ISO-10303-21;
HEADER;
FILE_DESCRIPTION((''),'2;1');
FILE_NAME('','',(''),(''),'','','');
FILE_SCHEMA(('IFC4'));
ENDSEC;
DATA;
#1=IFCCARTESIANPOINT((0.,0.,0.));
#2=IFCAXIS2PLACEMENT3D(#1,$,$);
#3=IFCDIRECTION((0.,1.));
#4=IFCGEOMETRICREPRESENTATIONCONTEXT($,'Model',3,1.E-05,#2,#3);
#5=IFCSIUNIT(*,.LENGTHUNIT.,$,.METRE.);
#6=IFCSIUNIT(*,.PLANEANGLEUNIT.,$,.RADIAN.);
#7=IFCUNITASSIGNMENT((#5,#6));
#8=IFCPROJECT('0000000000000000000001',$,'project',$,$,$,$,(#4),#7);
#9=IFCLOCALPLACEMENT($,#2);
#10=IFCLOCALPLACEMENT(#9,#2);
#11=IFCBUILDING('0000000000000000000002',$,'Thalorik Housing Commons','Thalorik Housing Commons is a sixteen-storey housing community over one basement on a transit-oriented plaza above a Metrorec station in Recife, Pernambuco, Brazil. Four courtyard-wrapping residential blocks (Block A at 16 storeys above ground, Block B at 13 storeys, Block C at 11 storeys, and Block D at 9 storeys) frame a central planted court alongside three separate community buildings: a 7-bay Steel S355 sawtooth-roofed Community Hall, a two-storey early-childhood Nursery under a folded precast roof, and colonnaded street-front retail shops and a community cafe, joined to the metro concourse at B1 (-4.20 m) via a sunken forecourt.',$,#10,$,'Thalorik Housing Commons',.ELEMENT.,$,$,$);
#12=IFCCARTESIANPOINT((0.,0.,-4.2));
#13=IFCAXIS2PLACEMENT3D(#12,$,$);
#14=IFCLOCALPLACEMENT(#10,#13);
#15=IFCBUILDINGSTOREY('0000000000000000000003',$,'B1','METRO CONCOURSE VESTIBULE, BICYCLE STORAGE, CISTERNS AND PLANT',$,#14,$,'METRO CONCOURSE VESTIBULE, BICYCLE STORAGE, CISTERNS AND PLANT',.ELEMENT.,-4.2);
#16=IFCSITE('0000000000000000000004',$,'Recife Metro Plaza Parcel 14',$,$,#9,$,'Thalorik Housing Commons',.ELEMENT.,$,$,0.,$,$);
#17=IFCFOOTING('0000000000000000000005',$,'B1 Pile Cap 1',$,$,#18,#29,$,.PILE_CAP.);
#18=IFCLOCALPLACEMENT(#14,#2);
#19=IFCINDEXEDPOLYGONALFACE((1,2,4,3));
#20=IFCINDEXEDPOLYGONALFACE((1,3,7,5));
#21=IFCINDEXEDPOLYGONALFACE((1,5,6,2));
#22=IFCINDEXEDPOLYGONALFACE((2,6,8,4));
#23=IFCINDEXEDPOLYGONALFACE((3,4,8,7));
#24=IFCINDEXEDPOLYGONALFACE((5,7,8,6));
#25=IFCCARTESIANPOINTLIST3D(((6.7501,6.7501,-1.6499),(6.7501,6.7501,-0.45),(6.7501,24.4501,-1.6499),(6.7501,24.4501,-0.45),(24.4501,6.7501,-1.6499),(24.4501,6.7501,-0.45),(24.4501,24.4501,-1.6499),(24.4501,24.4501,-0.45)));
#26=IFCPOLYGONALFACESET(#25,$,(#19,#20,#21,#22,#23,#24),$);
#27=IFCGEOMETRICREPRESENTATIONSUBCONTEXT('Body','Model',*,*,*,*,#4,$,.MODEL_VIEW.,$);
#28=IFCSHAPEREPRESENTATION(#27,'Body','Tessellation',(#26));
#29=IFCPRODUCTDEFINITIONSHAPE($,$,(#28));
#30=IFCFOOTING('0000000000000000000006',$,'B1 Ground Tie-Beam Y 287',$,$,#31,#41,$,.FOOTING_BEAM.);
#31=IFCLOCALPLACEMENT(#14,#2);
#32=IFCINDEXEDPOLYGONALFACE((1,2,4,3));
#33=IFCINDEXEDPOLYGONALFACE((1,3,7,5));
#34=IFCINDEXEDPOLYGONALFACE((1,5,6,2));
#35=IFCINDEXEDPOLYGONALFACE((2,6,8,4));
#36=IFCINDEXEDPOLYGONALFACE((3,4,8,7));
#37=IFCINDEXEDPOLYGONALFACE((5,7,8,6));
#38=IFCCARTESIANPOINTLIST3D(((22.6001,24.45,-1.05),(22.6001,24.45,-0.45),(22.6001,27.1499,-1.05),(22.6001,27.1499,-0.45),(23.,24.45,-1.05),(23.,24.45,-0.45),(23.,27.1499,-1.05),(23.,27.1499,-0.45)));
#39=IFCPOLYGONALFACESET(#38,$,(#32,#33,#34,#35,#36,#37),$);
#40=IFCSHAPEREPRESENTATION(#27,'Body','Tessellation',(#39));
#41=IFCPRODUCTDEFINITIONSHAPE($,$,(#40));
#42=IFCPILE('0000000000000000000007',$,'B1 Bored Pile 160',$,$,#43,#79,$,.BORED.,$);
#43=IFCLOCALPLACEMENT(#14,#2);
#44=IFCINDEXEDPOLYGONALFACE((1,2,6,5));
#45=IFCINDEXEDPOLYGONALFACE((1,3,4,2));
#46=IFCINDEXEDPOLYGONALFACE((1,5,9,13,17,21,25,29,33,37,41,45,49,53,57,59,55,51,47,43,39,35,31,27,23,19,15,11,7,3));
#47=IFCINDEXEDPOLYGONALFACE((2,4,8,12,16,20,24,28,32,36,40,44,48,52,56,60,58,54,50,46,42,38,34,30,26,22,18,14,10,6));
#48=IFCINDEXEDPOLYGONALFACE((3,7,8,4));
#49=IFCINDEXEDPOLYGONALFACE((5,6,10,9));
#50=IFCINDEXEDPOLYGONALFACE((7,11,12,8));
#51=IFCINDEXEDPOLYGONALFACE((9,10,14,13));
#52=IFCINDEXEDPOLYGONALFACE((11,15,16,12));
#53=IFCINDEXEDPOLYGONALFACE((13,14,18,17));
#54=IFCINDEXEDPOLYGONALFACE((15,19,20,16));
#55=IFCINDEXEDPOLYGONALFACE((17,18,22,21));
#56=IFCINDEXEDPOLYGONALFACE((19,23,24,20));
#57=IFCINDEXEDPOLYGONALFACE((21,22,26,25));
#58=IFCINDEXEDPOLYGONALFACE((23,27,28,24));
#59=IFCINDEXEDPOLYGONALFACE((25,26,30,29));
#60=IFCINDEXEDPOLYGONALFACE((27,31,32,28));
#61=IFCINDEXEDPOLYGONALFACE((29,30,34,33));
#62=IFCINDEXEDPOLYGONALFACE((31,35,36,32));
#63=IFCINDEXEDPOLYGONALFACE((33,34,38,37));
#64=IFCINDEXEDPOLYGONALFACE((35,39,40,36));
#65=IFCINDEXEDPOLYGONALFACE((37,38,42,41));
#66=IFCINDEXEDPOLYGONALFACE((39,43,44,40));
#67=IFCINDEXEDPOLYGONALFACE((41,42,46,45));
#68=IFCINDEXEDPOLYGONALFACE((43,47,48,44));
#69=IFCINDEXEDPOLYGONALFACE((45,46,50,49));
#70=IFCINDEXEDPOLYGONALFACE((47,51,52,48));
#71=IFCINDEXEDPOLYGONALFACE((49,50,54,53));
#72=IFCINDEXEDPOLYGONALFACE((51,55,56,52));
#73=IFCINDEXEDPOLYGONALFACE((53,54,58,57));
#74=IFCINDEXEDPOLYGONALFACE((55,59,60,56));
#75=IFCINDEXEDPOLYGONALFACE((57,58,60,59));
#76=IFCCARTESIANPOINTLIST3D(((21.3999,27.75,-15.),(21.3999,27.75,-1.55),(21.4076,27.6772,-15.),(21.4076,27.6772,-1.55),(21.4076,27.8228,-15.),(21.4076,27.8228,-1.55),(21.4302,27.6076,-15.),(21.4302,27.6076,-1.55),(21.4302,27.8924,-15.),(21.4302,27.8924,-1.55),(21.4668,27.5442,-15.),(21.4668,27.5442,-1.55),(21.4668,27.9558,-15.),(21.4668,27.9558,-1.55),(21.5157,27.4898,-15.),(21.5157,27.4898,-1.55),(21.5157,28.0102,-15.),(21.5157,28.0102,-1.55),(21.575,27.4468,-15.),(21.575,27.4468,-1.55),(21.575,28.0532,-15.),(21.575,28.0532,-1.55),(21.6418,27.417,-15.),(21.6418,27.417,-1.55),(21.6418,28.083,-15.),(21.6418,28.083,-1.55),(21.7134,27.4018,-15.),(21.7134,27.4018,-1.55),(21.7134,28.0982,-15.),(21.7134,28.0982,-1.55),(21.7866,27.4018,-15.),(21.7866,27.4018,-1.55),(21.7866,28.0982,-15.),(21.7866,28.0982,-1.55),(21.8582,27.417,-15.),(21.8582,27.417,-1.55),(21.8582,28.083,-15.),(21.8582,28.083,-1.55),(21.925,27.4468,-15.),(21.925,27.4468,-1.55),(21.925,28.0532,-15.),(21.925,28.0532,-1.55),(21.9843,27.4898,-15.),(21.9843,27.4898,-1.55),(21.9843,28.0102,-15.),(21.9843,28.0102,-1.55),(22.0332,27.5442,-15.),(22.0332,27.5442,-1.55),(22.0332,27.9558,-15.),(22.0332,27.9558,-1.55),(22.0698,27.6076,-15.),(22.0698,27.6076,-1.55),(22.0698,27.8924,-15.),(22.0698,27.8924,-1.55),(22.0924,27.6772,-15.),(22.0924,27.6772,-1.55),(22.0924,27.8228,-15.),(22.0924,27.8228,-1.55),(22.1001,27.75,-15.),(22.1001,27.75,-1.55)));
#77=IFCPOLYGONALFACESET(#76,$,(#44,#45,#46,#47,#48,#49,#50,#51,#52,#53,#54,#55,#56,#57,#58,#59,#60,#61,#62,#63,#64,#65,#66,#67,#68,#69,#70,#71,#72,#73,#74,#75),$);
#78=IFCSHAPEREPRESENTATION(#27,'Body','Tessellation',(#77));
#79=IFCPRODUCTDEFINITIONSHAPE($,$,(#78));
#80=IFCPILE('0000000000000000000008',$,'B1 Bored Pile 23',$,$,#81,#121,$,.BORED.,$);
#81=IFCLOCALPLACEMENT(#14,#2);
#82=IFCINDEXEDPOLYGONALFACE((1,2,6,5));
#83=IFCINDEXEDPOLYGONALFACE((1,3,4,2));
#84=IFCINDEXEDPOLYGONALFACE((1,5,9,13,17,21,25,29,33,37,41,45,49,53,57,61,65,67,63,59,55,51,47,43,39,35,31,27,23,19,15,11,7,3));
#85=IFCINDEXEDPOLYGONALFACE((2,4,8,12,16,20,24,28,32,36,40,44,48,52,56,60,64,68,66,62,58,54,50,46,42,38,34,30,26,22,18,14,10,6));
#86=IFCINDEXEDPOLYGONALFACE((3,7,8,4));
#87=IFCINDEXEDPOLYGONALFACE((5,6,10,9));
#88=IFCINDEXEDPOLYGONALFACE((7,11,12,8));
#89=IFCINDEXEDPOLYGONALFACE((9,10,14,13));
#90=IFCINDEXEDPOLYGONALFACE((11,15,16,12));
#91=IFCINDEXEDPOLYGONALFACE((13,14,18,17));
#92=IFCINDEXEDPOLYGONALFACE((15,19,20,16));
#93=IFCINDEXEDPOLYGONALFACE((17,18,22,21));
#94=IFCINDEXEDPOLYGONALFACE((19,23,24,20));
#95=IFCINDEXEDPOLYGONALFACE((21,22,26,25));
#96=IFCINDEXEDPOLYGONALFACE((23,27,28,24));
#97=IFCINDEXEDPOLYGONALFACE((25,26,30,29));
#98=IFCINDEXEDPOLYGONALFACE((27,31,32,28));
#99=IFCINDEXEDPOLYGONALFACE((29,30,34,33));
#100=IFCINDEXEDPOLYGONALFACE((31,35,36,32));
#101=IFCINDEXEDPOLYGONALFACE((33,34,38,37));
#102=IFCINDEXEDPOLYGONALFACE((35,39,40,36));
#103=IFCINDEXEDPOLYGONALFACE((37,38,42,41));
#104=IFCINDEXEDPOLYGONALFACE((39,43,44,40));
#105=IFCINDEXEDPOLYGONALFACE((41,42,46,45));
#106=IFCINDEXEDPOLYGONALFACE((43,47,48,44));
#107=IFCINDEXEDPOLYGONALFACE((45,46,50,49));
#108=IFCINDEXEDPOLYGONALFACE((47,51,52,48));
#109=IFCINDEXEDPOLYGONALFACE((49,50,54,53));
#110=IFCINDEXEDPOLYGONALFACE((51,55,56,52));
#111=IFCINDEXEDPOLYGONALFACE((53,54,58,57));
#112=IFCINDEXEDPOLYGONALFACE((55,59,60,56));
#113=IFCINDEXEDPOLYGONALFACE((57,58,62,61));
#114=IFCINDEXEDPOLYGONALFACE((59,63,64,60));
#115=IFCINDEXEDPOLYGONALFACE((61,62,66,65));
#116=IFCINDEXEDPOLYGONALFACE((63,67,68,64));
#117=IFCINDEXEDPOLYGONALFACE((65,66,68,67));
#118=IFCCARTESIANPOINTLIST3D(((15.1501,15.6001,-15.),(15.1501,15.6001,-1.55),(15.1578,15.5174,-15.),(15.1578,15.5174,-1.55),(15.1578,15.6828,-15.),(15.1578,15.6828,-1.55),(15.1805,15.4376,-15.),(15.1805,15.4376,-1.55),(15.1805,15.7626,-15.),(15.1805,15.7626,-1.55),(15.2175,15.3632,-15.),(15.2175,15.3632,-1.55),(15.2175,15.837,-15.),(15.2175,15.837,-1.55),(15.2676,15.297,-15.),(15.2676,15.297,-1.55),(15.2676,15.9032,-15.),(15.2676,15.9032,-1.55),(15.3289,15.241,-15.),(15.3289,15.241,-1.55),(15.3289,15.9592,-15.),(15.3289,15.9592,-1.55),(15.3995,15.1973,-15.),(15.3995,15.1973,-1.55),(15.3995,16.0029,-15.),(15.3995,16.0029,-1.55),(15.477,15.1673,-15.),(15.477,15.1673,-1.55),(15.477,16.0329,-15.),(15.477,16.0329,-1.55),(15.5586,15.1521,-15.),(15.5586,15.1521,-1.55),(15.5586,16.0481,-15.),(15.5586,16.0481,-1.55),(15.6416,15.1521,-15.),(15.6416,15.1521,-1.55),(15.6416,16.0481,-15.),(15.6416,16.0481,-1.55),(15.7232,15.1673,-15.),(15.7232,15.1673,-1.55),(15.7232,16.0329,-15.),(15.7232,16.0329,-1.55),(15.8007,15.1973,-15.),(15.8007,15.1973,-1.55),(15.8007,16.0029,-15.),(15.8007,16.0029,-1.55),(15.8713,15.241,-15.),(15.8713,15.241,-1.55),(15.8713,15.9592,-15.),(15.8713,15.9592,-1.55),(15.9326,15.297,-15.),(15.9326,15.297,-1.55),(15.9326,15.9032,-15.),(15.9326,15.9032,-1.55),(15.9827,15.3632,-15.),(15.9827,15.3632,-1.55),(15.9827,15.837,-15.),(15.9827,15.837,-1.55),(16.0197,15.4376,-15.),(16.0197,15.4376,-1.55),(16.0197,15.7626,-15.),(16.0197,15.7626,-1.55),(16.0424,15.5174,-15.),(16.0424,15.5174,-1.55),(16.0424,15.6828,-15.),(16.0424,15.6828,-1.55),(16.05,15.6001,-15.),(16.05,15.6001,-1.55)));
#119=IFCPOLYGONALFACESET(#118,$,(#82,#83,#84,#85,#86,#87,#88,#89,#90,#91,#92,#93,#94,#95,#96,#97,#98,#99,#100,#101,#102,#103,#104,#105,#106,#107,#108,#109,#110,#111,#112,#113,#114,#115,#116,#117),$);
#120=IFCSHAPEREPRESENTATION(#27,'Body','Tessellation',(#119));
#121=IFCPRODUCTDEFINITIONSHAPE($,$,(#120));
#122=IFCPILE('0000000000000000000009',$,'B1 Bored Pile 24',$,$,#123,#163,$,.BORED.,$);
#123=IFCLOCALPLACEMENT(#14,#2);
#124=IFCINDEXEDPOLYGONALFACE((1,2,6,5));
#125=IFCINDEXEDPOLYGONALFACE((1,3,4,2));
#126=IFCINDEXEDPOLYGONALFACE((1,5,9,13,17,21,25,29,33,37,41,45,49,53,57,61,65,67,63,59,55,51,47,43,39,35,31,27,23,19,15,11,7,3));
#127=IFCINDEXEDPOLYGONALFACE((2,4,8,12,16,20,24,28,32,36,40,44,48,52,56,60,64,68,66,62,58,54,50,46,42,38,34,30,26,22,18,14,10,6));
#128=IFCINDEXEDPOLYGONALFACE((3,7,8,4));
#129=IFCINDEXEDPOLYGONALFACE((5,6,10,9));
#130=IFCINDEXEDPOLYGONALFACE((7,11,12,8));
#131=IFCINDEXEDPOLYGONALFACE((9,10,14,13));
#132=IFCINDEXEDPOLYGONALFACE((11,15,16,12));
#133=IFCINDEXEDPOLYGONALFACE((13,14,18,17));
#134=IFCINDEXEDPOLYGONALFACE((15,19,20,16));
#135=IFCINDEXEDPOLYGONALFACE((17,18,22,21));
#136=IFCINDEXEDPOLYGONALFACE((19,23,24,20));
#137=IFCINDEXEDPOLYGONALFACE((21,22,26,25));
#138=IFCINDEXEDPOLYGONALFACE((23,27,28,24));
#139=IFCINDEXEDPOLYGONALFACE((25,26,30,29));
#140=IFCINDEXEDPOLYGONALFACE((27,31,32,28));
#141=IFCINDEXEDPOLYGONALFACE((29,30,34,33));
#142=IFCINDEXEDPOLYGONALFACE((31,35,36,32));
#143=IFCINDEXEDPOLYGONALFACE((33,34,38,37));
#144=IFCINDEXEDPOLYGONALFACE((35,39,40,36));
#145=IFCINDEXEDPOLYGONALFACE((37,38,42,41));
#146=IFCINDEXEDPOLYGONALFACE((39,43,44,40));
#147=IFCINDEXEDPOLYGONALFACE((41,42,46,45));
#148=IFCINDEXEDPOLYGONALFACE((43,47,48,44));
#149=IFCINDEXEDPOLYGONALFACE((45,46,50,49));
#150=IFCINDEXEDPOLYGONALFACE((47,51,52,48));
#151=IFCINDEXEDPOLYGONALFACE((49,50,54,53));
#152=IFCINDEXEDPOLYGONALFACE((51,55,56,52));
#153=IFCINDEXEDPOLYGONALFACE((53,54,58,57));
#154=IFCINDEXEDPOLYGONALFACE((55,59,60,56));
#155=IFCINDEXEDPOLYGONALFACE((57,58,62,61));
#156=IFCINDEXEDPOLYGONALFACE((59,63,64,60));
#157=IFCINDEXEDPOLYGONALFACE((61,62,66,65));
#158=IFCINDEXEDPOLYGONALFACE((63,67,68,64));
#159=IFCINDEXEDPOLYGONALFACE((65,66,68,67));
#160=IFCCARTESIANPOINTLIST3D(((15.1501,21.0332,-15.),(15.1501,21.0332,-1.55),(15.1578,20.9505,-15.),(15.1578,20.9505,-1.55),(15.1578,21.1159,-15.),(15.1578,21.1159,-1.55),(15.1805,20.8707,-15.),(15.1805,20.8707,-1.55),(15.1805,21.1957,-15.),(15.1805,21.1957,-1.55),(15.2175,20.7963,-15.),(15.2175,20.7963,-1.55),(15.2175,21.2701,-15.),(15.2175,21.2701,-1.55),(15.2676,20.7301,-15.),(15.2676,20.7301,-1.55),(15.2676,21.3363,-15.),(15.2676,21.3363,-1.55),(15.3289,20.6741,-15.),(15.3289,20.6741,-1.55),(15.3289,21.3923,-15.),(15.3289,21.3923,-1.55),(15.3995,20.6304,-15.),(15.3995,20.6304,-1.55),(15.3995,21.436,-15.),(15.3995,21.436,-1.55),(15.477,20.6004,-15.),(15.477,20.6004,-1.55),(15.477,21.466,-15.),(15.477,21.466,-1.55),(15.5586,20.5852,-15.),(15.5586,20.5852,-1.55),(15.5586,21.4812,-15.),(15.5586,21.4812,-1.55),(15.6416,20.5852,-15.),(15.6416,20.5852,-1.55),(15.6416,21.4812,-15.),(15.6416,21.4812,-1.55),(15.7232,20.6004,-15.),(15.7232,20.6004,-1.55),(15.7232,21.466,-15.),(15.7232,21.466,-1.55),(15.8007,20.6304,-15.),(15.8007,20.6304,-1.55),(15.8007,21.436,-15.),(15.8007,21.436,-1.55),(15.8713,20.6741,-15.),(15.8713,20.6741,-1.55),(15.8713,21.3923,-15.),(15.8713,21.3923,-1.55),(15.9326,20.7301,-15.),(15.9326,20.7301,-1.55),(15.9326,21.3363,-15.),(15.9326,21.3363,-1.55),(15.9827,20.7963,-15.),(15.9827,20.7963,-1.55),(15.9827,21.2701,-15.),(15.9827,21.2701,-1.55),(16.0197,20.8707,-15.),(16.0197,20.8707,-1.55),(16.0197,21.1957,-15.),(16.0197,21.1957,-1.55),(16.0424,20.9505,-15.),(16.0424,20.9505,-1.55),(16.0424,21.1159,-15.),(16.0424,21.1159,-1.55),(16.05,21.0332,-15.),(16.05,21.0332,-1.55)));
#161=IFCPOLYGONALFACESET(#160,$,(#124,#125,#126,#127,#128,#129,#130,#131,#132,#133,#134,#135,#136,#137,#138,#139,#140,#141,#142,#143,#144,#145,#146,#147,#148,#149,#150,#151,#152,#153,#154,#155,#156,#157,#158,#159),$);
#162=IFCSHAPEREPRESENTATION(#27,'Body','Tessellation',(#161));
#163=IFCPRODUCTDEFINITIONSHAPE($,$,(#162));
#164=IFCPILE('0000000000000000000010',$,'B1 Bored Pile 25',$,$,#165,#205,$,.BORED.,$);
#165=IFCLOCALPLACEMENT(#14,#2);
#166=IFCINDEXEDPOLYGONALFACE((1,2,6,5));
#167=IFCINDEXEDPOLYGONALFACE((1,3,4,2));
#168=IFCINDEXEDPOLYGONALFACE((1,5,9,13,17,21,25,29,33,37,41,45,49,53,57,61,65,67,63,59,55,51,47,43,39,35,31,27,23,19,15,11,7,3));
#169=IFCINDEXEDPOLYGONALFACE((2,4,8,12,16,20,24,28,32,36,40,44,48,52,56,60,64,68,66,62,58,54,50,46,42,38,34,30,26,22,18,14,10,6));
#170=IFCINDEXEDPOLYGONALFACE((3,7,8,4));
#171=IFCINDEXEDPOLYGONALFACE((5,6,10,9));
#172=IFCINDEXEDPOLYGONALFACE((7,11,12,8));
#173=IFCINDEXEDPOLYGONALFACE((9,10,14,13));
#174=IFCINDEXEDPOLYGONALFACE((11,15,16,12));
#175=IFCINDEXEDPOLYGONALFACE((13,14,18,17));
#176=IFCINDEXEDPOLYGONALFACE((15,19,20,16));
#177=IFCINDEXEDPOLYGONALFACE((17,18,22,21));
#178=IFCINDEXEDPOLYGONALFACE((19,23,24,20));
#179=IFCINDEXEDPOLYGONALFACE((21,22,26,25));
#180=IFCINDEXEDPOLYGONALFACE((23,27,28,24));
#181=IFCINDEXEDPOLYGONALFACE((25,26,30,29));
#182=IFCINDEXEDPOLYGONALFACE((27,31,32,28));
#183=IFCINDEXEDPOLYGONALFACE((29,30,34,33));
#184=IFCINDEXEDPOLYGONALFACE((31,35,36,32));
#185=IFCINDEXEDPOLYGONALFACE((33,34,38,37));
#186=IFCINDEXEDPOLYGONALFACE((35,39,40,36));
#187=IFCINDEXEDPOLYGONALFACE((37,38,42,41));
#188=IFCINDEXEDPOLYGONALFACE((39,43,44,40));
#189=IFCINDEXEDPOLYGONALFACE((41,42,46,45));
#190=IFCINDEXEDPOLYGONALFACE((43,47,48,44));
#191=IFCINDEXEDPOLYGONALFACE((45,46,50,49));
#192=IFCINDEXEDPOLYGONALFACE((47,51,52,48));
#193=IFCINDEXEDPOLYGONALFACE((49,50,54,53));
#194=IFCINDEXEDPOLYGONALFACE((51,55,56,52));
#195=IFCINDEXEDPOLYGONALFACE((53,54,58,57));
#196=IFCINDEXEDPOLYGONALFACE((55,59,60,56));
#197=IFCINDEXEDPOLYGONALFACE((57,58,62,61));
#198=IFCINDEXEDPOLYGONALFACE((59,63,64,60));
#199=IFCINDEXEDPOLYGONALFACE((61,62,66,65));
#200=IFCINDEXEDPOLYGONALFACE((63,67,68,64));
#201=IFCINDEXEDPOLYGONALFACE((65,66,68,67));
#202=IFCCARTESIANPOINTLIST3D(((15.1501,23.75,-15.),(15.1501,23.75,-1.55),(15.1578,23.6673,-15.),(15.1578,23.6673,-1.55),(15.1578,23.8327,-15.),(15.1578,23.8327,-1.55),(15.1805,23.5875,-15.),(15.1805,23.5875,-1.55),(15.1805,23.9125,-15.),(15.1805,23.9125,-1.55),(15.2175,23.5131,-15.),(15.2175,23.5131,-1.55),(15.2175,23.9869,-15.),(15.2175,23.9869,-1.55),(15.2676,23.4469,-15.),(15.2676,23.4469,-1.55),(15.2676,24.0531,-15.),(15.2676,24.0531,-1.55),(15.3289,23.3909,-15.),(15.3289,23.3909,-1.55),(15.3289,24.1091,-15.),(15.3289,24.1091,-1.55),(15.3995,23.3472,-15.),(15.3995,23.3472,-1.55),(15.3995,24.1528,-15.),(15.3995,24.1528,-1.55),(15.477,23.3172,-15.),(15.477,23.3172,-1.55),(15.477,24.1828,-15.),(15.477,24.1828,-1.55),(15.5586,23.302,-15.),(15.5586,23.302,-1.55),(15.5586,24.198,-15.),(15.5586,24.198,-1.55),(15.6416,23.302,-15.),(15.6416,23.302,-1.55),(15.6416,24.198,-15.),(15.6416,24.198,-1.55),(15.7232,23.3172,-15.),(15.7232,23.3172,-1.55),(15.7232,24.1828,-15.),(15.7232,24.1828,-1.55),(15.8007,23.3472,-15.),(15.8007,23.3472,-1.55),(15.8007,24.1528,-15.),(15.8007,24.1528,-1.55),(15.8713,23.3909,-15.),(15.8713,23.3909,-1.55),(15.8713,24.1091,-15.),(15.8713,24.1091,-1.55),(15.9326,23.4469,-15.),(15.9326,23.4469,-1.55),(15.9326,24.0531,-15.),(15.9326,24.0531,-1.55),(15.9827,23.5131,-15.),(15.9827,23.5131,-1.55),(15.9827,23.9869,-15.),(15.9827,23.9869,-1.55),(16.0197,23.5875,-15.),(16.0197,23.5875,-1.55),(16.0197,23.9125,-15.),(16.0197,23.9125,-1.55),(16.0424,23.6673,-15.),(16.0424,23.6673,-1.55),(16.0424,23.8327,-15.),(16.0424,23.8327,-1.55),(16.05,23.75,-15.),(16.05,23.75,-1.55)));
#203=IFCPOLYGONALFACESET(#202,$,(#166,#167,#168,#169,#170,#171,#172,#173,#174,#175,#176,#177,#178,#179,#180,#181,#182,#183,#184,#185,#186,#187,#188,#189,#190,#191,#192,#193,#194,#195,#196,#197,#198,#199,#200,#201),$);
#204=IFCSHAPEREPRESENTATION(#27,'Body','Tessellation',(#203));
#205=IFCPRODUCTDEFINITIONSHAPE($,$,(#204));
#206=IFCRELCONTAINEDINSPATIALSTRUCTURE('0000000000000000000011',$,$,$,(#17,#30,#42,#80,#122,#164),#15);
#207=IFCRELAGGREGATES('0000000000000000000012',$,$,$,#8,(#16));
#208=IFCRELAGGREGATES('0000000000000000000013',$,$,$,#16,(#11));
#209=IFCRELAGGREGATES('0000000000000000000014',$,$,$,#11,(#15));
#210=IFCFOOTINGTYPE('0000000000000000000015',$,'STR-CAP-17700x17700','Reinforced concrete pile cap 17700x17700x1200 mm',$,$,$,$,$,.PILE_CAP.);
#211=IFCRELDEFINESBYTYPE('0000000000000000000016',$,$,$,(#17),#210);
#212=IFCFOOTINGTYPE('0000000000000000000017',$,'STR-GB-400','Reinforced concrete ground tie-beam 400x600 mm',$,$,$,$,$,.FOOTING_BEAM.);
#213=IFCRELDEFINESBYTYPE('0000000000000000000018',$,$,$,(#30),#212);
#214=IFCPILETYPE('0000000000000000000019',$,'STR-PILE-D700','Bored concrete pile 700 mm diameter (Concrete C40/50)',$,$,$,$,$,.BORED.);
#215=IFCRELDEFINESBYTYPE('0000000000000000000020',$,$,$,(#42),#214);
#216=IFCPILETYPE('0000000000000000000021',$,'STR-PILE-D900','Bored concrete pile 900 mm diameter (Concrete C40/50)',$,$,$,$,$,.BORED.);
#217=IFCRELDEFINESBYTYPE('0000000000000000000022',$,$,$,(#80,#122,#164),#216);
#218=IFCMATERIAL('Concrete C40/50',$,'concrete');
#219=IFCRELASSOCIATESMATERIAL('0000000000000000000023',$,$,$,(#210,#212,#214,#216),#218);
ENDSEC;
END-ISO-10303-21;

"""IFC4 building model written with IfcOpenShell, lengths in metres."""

from ifc_helpers import new_model, si_unit, direction, frame, origin, origin_2d, place, context, subcontext, project, spatial, rectangle, circle, extrude, material, material_profile, profile_set, type_object, element, save


model = new_model("IFC4")

# Units and contexts
model_context = context("Model", 3, precision=1e-05, world=origin(), true_north=direction((0.0, 1.0)))
body_context = subcontext(model_context, "Body", "Model", "MODEL_VIEW")
ifc_project = project(units=[si_unit("LENGTHUNIT", "METRE"), si_unit("PLANEANGLEUNIT", "RADIAN")], contexts=[model_context])

# Site, building, storey
site_placement = place(None, origin())
site = spatial("IfcSite", under=ifc_project, at=site_placement, Name="Recife Metro Plaza Parcel 14", LongName="Thalorik Housing Commons", CompositionType="ELEMENT", RefElevation=0.0)
building_placement = place(site_placement, origin())
building = spatial("IfcBuilding", under=site, at=building_placement, Name="Thalorik Housing Commons", Description="Thalorik Housing Commons is a sixteen-storey housing community over one basement on a transit-oriented plaza above a Metrorec station in Recife, Pernambuco, Brazil. Four courtyard-wrapping residential blocks (Block A at 16 storeys above ground, Block B at 13 storeys, Block C at 11 storeys, and Block D at 9 storeys) frame a central planted court alongside three separate community buildings: a 7-bay Steel S355 sawtooth-roofed Community Hall, a two-storey early-childhood Nursery under a folded precast roof, and colonnaded street-front retail shops and a community cafe, joined to the metro concourse at B1 (-4.20 m) via a sunken forecourt.", LongName="Thalorik Housing Commons", CompositionType="ELEMENT")
storey_placement = place(building_placement, frame((0.0, 0.0, -4.2)))
storey = spatial("IfcBuildingStorey", under=building, at=storey_placement, Name="B1", Description="METRO CONCOURSE VESTIBULE, BICYCLE STORAGE, CISTERNS AND PLANT", LongName="METRO CONCOURSE VESTIBULE, BICYCLE STORAGE, CISTERNS AND PLANT", CompositionType="ELEMENT", Elevation=-4.2)

# Footings
ifc_material_1 = material(Name="Concrete C40/50", Category="concrete")
footing_type_1 = type_object("IfcFootingType", Name="STR-CAP-17700x17700", Description="Reinforced concrete pile cap 17700x17700x1200 mm", PredefinedType="PILE_CAP", material=ifc_material_1)
footing_1_placement = place(storey_placement, frame((15.6001, 15.6001, -1.6499), z_axis=(0.0, 0.0, 1.0), x_axis=(1.0, 0.0, 0.0)))
element("IfcFooting", 1, at=footing_1_placement, inside=storey, type_object=footing_type_1, Name="B1 Pile Cap 1", PredefinedType="PILE_CAP", context=body_context, shape_type="SweptSolid", body=[
    extrude(rectangle(XDim=17.7, YDim=17.7, at=origin_2d()), origin(), (0.0, 0.0, 1.0), 1.2),
])
ifc_material_profile_1 = material_profile(ifc_material_1, rectangle(XDim=0.3999, YDim=0.6001, at=origin_2d()), Name="RC 400x600", Category="concrete")
ifc_profile_set_1 = profile_set([ifc_material_profile_1], Name="Concrete C40/50")
footing_type_2 = type_object("IfcFootingType", Name="STR-GB-400", Description="Reinforced concrete ground tie-beam 400x600 mm", PredefinedType="FOOTING_BEAM", material=ifc_profile_set_1)
footing_2_placement = place(storey_placement, frame((22.8, 24.45, -0.75), z_axis=(0.0, 1.0, 0.0), x_axis=(-1.0, 0.0, 0.0)))
element("IfcFooting", 2, at=footing_2_placement, inside=storey, type_object=footing_type_2, Name="B1 Ground Tie-Beam Y 287", PredefinedType="FOOTING_BEAM", context=body_context, shape_type="SweptSolid", body=[
    extrude(rectangle(XDim=0.3999, YDim=0.6001, at=origin_2d()), origin(), (0.0, 0.0, 1.0), 2.7),
])

# Piles
ifc_material_profile_2 = material_profile(ifc_material_1, circle(Radius=0.3501, at=origin_2d()), Name="BORED PILE D700", Category="concrete")
ifc_profile_set_2 = profile_set([ifc_material_profile_2], Name="Concrete C40/50")
pile_type_1 = type_object("IfcPileType", Name="STR-PILE-D700", Description="Bored concrete pile 700 mm diameter (Concrete C40/50)", PredefinedType="BORED", material=ifc_profile_set_2)
pile_placement = place(storey_placement, frame((21.75, 27.75, -1.55), z_axis=(0.0, 0.0, -1.0), x_axis=(1.0, 0.0, 0.0)))
element("IfcPile", 3, at=pile_placement, inside=storey, type_object=pile_type_1, Name="B1 Bored Pile 160", PredefinedType="BORED", context=body_context, shape_type="SweptSolid", body=[
    extrude(circle(Radius=0.3501, at=origin_2d()), origin(), (0.0, 0.0, 1.0), 13.45),
])
ifc_material_profile_3 = material_profile(ifc_material_1, circle(Radius=0.45, at=origin_2d()), Name="BORED PILE D900", Category="concrete")
ifc_profile_set_3 = profile_set([ifc_material_profile_3], Name="Concrete C40/50")
pile_type_2 = type_object("IfcPileType", Name="STR-PILE-D900", Description="Bored concrete pile 900 mm diameter (Concrete C40/50)", PredefinedType="BORED", material=ifc_profile_set_3)
for number, where, z_axis, x_axis, name in (
    (4, (15.6001, 15.6001, -1.55), (0.0, 0.0, -1.0), (1.0, 0.0, 0.0), "B1 Bored Pile 23"),
    (5, (15.6001, 21.0332, -1.55), (0.0, 0.0, -1.0), (1.0, 0.0, 0.0), "B1 Bored Pile 24"),
    (6, (15.6001, 23.75, -1.55), (0.0, 0.0, -1.0), (1.0, 0.0, 0.0), "B1 Bored Pile 25"),
):
    element("IfcPile", number, at=place(storey_placement, frame(where, z_axis=z_axis, x_axis=x_axis)), inside=storey, type_object=pile_type_2, Name=name, PredefinedType="BORED", context=body_context, shape_type="SweptSolid", body=[
        extrude(circle(Radius=0.45, at=origin_2d()), origin(), (0.0, 0.0, 1.0), 13.45),
    ])

save(model, "model.ifc")
